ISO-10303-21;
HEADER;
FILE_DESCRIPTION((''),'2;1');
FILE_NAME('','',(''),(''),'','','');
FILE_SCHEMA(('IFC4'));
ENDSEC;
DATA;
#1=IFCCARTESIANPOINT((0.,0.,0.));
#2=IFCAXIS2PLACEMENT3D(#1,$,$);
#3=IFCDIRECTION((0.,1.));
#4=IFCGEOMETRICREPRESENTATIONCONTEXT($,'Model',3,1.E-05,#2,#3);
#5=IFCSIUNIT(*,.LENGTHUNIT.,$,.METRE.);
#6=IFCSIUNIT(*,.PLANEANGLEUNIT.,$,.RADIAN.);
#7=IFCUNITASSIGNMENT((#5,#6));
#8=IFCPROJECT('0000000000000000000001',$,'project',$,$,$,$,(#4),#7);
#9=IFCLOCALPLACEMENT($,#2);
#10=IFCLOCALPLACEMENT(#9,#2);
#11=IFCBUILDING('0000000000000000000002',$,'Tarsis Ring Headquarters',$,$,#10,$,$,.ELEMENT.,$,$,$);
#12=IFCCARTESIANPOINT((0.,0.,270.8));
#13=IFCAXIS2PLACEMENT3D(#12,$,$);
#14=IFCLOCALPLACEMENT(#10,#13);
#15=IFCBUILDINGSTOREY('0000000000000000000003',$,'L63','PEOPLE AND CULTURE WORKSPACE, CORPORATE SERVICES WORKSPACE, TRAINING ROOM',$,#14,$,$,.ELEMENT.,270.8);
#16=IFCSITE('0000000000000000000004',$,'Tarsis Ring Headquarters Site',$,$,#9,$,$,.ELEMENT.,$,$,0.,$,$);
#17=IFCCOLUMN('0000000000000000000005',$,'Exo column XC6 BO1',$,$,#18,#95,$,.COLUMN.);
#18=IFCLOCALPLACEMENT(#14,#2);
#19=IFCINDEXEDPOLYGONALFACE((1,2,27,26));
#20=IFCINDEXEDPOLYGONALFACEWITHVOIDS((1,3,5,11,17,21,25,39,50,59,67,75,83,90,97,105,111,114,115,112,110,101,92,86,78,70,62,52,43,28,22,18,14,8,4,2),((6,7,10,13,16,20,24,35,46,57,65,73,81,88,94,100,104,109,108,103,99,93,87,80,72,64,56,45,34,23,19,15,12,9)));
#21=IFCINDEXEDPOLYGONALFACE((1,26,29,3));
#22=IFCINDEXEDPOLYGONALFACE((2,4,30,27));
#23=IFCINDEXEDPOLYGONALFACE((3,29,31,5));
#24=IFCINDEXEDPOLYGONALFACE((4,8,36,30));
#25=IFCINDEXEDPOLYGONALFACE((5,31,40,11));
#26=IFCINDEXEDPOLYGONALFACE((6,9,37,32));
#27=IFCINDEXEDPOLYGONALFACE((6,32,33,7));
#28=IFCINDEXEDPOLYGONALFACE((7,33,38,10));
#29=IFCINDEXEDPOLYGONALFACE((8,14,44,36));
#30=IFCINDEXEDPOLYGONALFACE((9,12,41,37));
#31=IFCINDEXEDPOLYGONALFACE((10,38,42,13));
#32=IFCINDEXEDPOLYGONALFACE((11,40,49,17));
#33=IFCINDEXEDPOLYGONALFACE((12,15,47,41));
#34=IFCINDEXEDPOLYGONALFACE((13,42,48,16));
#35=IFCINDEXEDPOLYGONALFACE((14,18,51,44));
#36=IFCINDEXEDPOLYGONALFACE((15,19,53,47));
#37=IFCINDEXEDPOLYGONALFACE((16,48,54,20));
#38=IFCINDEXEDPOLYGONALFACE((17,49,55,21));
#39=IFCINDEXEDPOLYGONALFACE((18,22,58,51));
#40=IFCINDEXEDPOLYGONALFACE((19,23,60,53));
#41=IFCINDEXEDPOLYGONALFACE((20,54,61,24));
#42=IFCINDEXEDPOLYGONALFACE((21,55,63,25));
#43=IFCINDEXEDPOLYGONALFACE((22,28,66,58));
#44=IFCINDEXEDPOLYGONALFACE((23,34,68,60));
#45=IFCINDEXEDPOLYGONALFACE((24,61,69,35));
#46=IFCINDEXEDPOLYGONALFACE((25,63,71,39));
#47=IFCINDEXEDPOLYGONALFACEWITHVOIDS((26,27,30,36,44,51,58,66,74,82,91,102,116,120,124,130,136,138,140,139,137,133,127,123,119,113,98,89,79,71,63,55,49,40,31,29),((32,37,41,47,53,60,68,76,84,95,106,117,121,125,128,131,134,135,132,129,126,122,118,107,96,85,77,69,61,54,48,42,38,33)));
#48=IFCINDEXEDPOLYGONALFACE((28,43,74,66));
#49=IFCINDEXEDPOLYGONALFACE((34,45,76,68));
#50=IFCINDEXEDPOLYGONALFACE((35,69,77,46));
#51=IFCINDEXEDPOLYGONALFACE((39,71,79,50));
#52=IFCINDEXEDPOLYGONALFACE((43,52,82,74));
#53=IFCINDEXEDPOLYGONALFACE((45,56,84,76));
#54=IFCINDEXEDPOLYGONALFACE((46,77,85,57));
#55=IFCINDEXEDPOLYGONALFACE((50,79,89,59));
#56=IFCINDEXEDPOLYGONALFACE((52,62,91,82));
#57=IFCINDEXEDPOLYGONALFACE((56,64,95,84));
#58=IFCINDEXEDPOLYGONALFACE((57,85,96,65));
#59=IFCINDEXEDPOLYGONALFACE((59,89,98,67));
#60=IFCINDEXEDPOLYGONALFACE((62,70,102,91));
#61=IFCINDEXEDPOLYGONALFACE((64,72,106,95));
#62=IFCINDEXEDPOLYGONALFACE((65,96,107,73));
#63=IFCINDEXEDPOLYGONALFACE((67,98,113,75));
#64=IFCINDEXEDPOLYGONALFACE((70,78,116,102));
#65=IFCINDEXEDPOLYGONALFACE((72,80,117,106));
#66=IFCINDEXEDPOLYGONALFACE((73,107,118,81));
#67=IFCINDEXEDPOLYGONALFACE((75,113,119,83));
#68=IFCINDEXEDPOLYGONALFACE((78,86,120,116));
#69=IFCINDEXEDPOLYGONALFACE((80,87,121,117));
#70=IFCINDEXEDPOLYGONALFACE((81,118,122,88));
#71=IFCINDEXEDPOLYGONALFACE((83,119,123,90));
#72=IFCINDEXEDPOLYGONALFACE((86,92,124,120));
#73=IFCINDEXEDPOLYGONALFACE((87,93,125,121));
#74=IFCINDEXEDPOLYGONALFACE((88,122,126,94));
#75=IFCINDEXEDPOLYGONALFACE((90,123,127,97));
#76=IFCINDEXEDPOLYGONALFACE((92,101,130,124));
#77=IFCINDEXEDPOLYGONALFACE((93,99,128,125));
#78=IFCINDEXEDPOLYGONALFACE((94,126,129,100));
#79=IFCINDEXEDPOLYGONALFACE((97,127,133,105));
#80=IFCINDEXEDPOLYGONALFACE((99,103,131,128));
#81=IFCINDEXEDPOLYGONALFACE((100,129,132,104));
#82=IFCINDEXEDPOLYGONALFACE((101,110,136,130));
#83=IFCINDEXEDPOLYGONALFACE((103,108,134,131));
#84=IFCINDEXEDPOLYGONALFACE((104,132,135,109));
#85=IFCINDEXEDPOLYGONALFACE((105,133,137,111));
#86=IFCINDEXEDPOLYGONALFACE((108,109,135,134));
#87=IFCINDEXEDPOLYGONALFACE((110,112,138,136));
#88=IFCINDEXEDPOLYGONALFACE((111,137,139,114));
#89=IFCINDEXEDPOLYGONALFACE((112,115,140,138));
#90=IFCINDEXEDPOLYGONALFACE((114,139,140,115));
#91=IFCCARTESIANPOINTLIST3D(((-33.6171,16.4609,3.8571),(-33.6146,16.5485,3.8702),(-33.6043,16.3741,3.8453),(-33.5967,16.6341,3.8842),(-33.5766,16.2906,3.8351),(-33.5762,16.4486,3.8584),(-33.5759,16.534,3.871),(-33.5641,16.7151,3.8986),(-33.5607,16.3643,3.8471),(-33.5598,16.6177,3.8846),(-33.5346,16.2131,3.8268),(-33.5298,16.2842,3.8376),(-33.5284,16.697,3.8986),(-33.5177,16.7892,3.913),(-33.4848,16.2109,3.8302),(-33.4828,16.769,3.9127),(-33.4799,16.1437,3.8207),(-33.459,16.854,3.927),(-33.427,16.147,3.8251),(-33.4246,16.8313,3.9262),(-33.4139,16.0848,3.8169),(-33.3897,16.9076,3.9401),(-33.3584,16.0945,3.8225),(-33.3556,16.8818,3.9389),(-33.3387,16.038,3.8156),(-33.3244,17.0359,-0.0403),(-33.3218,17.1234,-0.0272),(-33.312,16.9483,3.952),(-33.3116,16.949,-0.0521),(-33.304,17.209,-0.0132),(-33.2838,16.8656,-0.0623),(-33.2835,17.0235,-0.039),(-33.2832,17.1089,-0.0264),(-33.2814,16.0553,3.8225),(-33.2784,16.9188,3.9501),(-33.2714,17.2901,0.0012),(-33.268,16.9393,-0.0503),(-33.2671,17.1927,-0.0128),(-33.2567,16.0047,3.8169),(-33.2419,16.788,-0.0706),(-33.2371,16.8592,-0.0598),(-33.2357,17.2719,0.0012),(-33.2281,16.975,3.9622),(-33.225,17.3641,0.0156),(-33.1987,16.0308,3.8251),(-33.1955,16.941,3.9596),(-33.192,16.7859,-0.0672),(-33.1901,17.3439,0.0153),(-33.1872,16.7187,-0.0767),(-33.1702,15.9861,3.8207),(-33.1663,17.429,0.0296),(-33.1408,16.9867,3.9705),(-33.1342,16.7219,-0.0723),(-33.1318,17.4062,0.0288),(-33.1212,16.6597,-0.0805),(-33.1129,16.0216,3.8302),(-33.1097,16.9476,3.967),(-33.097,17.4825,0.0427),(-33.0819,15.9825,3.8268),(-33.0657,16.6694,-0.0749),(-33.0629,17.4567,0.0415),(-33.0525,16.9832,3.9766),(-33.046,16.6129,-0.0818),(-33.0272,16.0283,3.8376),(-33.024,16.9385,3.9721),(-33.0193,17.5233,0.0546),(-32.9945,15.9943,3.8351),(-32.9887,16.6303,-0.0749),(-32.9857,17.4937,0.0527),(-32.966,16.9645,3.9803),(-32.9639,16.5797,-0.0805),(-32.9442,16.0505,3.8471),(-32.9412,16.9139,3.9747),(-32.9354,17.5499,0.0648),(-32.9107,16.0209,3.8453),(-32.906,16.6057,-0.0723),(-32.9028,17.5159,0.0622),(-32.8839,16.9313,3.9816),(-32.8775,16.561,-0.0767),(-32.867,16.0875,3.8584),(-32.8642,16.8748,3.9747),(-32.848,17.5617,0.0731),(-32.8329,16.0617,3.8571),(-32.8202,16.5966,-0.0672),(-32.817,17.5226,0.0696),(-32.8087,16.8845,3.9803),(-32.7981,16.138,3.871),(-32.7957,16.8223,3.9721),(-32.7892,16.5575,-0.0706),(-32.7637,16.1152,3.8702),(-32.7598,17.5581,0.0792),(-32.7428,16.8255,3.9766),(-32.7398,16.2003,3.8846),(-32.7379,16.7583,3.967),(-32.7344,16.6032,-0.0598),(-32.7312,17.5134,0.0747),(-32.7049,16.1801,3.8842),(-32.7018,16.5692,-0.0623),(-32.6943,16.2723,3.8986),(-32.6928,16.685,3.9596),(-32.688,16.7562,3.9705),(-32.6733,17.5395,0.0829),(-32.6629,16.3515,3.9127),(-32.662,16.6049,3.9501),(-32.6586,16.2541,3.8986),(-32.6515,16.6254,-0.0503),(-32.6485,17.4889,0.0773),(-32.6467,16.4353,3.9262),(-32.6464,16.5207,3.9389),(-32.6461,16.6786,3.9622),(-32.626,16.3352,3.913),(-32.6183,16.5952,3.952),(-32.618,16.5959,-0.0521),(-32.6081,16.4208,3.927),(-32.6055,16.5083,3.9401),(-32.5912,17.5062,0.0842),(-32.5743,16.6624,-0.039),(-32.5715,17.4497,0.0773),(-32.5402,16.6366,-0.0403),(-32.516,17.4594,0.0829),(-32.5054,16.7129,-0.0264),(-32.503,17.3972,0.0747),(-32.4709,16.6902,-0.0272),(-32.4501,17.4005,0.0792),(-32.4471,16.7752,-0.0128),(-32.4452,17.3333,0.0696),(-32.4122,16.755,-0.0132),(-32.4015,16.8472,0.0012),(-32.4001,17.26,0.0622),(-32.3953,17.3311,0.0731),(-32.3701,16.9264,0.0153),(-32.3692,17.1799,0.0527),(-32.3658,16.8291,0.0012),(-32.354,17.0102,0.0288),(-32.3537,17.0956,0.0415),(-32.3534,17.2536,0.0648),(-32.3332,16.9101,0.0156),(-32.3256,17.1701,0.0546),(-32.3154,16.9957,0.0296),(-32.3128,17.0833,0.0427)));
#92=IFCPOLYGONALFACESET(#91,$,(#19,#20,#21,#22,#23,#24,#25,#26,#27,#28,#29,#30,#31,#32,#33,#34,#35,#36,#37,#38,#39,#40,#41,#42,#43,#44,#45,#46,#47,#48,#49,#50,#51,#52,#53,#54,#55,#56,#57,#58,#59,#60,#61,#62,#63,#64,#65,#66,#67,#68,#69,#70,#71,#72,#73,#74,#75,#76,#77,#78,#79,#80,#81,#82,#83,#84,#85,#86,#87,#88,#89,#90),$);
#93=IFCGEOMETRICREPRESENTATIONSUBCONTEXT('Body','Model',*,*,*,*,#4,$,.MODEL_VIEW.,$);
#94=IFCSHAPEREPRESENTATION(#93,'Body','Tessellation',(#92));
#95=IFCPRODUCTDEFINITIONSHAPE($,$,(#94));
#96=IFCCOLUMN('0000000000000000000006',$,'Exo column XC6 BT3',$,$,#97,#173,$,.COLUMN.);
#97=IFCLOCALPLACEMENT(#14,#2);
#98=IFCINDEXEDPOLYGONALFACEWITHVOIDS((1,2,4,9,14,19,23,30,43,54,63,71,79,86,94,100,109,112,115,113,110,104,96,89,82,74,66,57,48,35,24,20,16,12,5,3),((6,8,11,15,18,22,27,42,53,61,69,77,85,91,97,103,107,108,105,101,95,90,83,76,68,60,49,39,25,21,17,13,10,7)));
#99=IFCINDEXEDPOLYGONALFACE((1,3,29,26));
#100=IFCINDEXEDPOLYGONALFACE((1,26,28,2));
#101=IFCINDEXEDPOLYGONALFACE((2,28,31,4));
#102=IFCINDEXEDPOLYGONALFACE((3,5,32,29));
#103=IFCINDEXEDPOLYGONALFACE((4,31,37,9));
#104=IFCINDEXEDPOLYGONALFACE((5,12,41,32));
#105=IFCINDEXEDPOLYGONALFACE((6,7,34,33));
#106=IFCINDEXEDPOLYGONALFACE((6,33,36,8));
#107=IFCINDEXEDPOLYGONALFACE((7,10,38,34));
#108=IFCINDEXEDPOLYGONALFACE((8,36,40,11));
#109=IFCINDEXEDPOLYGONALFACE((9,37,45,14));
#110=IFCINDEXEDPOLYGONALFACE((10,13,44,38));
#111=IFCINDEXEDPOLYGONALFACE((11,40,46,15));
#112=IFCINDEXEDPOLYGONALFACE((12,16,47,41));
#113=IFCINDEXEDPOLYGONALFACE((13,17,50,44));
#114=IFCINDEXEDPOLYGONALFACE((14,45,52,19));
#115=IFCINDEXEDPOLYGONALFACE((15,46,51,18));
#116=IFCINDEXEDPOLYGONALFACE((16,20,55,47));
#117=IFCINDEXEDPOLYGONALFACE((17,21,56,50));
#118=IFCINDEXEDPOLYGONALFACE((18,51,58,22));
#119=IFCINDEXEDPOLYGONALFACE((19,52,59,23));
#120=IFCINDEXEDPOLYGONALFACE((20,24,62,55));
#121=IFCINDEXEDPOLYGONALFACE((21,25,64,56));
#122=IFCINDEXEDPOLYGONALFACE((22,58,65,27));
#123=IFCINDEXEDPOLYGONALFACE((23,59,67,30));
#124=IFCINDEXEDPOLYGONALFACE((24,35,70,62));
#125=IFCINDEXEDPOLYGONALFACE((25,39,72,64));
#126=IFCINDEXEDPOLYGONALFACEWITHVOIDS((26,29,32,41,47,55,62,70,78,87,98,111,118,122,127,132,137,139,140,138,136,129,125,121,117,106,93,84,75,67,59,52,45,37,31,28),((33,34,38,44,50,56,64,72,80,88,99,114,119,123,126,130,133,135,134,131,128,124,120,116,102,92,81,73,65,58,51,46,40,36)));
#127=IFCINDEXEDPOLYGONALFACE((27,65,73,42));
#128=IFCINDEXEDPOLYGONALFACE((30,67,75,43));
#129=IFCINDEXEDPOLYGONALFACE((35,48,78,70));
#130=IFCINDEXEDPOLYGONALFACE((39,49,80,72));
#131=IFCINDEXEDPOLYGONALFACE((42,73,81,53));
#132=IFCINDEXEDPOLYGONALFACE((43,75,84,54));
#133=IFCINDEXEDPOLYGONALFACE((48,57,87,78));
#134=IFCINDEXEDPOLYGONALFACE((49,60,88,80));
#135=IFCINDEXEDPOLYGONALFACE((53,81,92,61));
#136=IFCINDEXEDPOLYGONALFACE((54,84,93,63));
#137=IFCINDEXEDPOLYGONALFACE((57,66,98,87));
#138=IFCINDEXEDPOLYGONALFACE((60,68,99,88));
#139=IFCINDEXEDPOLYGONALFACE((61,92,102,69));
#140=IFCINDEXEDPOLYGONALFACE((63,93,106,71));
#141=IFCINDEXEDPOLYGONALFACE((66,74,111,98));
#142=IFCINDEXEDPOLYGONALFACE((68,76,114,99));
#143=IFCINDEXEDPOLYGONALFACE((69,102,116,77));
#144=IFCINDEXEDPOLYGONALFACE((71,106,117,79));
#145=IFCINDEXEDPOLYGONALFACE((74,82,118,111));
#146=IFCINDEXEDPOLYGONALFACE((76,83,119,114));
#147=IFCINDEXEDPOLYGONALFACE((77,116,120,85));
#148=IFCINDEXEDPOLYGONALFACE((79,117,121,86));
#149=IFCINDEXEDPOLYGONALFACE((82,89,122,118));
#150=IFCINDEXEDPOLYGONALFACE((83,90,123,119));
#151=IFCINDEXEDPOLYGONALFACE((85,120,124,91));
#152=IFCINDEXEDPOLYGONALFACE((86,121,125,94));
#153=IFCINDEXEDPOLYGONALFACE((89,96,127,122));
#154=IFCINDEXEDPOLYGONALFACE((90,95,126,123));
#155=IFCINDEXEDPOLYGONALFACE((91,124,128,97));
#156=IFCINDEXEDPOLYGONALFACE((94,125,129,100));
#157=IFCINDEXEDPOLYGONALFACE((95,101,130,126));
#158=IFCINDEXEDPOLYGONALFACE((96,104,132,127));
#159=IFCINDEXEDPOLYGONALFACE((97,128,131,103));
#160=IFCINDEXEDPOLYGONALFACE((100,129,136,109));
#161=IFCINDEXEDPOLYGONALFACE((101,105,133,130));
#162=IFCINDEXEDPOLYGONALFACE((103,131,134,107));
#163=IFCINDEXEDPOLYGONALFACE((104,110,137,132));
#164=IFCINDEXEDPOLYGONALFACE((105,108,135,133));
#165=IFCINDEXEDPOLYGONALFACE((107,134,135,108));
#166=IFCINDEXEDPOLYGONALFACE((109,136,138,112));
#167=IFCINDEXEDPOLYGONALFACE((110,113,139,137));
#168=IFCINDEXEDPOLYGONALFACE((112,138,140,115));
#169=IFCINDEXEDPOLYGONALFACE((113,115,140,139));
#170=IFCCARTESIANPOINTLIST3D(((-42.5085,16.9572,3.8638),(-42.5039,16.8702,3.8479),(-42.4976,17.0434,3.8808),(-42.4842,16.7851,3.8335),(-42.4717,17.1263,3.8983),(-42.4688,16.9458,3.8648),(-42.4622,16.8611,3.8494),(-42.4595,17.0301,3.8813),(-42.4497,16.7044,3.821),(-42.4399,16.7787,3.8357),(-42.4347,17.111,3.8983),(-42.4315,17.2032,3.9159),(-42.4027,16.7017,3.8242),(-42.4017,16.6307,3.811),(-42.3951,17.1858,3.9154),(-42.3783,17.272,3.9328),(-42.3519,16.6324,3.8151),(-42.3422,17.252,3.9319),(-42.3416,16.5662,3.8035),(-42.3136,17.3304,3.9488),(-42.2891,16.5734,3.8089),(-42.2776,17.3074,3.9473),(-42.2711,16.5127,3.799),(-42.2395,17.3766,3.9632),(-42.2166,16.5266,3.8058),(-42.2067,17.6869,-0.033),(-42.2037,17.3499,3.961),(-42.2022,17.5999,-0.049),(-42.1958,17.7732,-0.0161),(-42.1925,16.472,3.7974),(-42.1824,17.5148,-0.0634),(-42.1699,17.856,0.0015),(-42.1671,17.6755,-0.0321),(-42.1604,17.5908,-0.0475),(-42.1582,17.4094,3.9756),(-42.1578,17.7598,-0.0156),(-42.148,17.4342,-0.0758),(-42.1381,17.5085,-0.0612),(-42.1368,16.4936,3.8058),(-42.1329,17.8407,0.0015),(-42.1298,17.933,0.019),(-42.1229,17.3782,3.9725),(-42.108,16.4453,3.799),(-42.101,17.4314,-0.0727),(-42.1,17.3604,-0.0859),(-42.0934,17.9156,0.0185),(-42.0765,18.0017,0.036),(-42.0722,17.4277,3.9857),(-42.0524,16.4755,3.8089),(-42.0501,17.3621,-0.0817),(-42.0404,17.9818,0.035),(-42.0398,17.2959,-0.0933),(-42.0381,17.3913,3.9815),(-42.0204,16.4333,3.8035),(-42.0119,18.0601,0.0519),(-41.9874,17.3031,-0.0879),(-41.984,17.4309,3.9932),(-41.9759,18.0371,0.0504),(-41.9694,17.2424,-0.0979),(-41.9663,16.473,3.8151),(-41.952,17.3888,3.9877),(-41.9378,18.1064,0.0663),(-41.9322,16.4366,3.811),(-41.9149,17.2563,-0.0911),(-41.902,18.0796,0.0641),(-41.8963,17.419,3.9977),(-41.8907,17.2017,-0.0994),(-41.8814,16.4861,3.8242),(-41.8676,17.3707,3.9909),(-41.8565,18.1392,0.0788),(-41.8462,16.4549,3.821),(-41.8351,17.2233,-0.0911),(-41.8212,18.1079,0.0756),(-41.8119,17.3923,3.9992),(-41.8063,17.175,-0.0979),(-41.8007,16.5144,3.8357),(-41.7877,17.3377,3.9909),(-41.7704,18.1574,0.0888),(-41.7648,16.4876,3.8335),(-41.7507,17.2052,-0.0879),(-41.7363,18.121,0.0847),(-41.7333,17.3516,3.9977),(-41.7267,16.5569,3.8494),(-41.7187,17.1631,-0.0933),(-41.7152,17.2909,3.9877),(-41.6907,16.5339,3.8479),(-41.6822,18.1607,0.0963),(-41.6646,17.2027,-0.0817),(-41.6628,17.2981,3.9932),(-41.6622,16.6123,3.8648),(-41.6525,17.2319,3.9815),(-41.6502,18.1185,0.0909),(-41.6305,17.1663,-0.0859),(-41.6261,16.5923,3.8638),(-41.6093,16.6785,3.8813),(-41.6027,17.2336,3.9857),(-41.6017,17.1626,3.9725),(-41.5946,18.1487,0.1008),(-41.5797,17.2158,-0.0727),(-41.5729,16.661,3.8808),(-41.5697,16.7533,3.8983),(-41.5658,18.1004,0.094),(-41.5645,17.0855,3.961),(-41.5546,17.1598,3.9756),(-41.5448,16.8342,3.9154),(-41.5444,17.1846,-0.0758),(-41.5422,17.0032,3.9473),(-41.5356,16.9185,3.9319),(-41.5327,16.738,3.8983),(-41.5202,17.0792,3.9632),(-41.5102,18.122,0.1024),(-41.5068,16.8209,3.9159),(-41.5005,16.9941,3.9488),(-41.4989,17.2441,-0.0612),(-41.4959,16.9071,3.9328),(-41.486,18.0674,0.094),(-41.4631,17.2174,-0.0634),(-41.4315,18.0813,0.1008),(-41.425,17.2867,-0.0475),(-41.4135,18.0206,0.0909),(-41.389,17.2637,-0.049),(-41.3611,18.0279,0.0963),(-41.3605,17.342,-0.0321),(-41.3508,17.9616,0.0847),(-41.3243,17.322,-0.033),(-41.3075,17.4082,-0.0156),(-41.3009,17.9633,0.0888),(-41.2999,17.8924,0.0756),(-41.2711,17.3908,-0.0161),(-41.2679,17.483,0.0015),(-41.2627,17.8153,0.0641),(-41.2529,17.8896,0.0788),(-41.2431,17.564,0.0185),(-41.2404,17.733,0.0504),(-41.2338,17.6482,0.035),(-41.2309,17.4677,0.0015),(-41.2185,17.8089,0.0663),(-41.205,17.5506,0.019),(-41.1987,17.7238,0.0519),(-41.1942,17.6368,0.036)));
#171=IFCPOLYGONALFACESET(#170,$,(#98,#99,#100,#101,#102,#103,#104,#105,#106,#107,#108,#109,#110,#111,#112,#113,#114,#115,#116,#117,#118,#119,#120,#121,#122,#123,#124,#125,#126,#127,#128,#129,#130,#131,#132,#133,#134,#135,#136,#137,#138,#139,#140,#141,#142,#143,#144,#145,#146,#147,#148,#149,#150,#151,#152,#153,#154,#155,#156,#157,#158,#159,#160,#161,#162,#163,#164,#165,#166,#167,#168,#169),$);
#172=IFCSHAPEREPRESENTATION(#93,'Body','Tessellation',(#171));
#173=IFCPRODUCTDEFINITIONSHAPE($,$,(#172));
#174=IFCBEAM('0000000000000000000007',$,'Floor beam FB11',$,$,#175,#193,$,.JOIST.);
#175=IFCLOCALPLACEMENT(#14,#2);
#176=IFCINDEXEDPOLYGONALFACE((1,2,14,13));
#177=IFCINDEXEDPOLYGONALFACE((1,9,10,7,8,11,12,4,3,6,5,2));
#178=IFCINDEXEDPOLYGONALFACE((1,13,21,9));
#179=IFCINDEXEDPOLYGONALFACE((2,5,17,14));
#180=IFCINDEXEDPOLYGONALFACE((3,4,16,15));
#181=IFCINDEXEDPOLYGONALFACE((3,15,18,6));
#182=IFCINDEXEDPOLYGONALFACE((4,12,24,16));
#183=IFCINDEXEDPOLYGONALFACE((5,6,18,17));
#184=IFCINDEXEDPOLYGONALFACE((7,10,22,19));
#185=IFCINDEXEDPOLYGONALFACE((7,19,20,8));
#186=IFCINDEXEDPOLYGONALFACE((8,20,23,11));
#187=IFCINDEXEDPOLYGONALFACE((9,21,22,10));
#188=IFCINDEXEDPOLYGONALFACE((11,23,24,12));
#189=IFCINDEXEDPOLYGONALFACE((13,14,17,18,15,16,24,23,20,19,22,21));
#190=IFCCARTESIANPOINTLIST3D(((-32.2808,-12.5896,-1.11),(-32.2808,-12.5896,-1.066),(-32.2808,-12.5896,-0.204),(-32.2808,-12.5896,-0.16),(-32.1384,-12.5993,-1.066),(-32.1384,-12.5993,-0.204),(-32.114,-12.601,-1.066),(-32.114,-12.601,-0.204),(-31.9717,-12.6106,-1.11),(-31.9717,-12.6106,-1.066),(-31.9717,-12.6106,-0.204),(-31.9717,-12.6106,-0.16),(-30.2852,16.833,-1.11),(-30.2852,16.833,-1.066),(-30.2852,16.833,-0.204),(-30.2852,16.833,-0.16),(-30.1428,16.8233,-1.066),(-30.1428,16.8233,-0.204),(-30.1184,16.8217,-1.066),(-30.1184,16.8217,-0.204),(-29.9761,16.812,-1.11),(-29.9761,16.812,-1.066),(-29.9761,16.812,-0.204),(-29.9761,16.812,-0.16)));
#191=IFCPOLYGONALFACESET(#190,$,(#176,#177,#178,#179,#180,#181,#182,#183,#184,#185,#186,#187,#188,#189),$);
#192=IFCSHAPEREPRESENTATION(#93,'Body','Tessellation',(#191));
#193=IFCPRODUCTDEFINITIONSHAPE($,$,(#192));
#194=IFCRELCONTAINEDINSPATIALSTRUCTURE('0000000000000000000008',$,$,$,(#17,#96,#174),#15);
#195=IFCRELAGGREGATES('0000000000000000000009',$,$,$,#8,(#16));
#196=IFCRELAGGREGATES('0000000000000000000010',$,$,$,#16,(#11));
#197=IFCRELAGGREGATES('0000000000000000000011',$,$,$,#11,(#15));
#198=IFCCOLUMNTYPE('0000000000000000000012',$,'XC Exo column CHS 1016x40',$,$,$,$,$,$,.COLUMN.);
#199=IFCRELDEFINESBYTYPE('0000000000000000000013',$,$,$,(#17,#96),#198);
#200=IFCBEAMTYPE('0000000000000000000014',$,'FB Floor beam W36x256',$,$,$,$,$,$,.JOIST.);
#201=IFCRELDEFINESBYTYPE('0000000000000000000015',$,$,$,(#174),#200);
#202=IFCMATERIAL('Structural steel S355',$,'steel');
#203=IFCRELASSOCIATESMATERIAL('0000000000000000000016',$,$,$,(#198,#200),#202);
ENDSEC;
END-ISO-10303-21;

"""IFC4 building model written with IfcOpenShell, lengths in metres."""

from ifc_helpers import new_model, si_unit, direction, frame, origin, origin_2d, place, context, subcontext, project, spatial, hollow_circle, i_section, extrude, material, material_profile, profile_set, type_object, element, save


model = new_model("IFC4")

# Units and contexts
model_context = context("Model", 3, precision=1e-05, world=origin(), true_north=direction((0.0, 1.0)))
body_context = subcontext(model_context, "Body", "Model", "MODEL_VIEW")
ifc_project = project(units=[si_unit("LENGTHUNIT", "METRE"), si_unit("PLANEANGLEUNIT", "RADIAN")], contexts=[model_context])

# Site, building, storey
site_placement = place(None, origin())
site = spatial("IfcSite", under=ifc_project, at=site_placement, Name="Tarsis Ring Headquarters Site", CompositionType="ELEMENT", RefElevation=0.0)
building_placement = place(site_placement, origin())
building = spatial("IfcBuilding", under=site, at=building_placement, Name="Tarsis Ring Headquarters", CompositionType="ELEMENT")
storey_placement = place(building_placement, frame((0.0, 0.0, 270.8)))
storey = spatial("IfcBuildingStorey", under=building, at=storey_placement, Name="L63", Description="PEOPLE AND CULTURE WORKSPACE, CORPORATE SERVICES WORKSPACE, TRAINING ROOM", CompositionType="ELEMENT", Elevation=270.8)

# Columns
ifc_material_1 = material(Name="Structural steel S355", Category="steel")
ifc_material_profile_1 = material_profile(ifc_material_1, hollow_circle(Radius=0.5081, WallThickness=0.04, at=origin_2d()), Name="CHS 1016x40")
ifc_profile_set_1 = profile_set([ifc_material_profile_1], Name="Structural steel S355")
column_type = type_object("IfcColumnType", Name="XC Exo column CHS 1016x40", PredefinedType="COLUMN", material=ifc_profile_set_1)
column_1_placement = place(storey_placement, frame((-32.8186, 17.0596, 0.0012), z_axis=(-0.074098, -0.145539, 0.986574), x_axis=(0.891149, -0.45371, 0.0)))
element("IfcColumn", 1, at=column_1_placement, inside=storey, type_object=column_type, Name="Exo column XC6 BO1", PredefinedType="COLUMN", context=body_context, shape_type="SweptSolid", body=[
    extrude(hollow_circle(Radius=0.5081, WallThickness=0.04, at=origin_2d()), origin(), (0.0, 0.0, 1.0), 3.9504),
])
column_2_placement = place(storey_placement, frame((-41.7004, 17.6619, 0.0015), z_axis=(-0.075891, -0.183527, 0.980081), x_axis=(0.924107, -0.382133, 0.0)))
element("IfcColumn", 2, at=column_2_placement, inside=storey, type_object=column_type, Name="Exo column XC6 BT3", PredefinedType="COLUMN", context=body_context, shape_type="SweptSolid", body=[
    extrude(hollow_circle(Radius=0.5081, WallThickness=0.04, at=origin_2d()), origin(), (0.0, 0.0, 1.0), 3.9761),
])

# Beam
ifc_material_profile_2 = material_profile(ifc_material_1, i_section(OverallWidth=0.3098, OverallDepth=0.95, WebThickness=0.0244, FlangeThickness=0.0439, at=origin_2d()), Name="W36x256")
ifc_profile_set_2 = profile_set([ifc_material_profile_2], Name="Structural steel S355")
beam_type_1 = type_object("IfcBeamType", Name="FB Floor beam W36x256", PredefinedType="JOIST", material=ifc_profile_set_2)
for number, where, z_axis, x_axis, name in (
    (3, (-30.1306, 16.8225, -0.635), (-0.06767, -0.997708, 0.0), (0.997708, -0.06767, 0.0), "Floor beam FB11"),
):
    element("IfcBeam", number, at=place(storey_placement, frame(where, z_axis=z_axis, x_axis=x_axis)), inside=storey, type_object=beam_type_1, Name=name, PredefinedType="JOIST", context=body_context, shape_type="SweptSolid", body=[
        extrude(i_section(OverallWidth=0.3098, OverallDepth=0.95, WebThickness=0.0244, FlangeThickness=0.0439, at=origin_2d()), origin(), (0.0, 0.0, 1.0), 29.4902),
    ])

save(model, "model.ifc")
